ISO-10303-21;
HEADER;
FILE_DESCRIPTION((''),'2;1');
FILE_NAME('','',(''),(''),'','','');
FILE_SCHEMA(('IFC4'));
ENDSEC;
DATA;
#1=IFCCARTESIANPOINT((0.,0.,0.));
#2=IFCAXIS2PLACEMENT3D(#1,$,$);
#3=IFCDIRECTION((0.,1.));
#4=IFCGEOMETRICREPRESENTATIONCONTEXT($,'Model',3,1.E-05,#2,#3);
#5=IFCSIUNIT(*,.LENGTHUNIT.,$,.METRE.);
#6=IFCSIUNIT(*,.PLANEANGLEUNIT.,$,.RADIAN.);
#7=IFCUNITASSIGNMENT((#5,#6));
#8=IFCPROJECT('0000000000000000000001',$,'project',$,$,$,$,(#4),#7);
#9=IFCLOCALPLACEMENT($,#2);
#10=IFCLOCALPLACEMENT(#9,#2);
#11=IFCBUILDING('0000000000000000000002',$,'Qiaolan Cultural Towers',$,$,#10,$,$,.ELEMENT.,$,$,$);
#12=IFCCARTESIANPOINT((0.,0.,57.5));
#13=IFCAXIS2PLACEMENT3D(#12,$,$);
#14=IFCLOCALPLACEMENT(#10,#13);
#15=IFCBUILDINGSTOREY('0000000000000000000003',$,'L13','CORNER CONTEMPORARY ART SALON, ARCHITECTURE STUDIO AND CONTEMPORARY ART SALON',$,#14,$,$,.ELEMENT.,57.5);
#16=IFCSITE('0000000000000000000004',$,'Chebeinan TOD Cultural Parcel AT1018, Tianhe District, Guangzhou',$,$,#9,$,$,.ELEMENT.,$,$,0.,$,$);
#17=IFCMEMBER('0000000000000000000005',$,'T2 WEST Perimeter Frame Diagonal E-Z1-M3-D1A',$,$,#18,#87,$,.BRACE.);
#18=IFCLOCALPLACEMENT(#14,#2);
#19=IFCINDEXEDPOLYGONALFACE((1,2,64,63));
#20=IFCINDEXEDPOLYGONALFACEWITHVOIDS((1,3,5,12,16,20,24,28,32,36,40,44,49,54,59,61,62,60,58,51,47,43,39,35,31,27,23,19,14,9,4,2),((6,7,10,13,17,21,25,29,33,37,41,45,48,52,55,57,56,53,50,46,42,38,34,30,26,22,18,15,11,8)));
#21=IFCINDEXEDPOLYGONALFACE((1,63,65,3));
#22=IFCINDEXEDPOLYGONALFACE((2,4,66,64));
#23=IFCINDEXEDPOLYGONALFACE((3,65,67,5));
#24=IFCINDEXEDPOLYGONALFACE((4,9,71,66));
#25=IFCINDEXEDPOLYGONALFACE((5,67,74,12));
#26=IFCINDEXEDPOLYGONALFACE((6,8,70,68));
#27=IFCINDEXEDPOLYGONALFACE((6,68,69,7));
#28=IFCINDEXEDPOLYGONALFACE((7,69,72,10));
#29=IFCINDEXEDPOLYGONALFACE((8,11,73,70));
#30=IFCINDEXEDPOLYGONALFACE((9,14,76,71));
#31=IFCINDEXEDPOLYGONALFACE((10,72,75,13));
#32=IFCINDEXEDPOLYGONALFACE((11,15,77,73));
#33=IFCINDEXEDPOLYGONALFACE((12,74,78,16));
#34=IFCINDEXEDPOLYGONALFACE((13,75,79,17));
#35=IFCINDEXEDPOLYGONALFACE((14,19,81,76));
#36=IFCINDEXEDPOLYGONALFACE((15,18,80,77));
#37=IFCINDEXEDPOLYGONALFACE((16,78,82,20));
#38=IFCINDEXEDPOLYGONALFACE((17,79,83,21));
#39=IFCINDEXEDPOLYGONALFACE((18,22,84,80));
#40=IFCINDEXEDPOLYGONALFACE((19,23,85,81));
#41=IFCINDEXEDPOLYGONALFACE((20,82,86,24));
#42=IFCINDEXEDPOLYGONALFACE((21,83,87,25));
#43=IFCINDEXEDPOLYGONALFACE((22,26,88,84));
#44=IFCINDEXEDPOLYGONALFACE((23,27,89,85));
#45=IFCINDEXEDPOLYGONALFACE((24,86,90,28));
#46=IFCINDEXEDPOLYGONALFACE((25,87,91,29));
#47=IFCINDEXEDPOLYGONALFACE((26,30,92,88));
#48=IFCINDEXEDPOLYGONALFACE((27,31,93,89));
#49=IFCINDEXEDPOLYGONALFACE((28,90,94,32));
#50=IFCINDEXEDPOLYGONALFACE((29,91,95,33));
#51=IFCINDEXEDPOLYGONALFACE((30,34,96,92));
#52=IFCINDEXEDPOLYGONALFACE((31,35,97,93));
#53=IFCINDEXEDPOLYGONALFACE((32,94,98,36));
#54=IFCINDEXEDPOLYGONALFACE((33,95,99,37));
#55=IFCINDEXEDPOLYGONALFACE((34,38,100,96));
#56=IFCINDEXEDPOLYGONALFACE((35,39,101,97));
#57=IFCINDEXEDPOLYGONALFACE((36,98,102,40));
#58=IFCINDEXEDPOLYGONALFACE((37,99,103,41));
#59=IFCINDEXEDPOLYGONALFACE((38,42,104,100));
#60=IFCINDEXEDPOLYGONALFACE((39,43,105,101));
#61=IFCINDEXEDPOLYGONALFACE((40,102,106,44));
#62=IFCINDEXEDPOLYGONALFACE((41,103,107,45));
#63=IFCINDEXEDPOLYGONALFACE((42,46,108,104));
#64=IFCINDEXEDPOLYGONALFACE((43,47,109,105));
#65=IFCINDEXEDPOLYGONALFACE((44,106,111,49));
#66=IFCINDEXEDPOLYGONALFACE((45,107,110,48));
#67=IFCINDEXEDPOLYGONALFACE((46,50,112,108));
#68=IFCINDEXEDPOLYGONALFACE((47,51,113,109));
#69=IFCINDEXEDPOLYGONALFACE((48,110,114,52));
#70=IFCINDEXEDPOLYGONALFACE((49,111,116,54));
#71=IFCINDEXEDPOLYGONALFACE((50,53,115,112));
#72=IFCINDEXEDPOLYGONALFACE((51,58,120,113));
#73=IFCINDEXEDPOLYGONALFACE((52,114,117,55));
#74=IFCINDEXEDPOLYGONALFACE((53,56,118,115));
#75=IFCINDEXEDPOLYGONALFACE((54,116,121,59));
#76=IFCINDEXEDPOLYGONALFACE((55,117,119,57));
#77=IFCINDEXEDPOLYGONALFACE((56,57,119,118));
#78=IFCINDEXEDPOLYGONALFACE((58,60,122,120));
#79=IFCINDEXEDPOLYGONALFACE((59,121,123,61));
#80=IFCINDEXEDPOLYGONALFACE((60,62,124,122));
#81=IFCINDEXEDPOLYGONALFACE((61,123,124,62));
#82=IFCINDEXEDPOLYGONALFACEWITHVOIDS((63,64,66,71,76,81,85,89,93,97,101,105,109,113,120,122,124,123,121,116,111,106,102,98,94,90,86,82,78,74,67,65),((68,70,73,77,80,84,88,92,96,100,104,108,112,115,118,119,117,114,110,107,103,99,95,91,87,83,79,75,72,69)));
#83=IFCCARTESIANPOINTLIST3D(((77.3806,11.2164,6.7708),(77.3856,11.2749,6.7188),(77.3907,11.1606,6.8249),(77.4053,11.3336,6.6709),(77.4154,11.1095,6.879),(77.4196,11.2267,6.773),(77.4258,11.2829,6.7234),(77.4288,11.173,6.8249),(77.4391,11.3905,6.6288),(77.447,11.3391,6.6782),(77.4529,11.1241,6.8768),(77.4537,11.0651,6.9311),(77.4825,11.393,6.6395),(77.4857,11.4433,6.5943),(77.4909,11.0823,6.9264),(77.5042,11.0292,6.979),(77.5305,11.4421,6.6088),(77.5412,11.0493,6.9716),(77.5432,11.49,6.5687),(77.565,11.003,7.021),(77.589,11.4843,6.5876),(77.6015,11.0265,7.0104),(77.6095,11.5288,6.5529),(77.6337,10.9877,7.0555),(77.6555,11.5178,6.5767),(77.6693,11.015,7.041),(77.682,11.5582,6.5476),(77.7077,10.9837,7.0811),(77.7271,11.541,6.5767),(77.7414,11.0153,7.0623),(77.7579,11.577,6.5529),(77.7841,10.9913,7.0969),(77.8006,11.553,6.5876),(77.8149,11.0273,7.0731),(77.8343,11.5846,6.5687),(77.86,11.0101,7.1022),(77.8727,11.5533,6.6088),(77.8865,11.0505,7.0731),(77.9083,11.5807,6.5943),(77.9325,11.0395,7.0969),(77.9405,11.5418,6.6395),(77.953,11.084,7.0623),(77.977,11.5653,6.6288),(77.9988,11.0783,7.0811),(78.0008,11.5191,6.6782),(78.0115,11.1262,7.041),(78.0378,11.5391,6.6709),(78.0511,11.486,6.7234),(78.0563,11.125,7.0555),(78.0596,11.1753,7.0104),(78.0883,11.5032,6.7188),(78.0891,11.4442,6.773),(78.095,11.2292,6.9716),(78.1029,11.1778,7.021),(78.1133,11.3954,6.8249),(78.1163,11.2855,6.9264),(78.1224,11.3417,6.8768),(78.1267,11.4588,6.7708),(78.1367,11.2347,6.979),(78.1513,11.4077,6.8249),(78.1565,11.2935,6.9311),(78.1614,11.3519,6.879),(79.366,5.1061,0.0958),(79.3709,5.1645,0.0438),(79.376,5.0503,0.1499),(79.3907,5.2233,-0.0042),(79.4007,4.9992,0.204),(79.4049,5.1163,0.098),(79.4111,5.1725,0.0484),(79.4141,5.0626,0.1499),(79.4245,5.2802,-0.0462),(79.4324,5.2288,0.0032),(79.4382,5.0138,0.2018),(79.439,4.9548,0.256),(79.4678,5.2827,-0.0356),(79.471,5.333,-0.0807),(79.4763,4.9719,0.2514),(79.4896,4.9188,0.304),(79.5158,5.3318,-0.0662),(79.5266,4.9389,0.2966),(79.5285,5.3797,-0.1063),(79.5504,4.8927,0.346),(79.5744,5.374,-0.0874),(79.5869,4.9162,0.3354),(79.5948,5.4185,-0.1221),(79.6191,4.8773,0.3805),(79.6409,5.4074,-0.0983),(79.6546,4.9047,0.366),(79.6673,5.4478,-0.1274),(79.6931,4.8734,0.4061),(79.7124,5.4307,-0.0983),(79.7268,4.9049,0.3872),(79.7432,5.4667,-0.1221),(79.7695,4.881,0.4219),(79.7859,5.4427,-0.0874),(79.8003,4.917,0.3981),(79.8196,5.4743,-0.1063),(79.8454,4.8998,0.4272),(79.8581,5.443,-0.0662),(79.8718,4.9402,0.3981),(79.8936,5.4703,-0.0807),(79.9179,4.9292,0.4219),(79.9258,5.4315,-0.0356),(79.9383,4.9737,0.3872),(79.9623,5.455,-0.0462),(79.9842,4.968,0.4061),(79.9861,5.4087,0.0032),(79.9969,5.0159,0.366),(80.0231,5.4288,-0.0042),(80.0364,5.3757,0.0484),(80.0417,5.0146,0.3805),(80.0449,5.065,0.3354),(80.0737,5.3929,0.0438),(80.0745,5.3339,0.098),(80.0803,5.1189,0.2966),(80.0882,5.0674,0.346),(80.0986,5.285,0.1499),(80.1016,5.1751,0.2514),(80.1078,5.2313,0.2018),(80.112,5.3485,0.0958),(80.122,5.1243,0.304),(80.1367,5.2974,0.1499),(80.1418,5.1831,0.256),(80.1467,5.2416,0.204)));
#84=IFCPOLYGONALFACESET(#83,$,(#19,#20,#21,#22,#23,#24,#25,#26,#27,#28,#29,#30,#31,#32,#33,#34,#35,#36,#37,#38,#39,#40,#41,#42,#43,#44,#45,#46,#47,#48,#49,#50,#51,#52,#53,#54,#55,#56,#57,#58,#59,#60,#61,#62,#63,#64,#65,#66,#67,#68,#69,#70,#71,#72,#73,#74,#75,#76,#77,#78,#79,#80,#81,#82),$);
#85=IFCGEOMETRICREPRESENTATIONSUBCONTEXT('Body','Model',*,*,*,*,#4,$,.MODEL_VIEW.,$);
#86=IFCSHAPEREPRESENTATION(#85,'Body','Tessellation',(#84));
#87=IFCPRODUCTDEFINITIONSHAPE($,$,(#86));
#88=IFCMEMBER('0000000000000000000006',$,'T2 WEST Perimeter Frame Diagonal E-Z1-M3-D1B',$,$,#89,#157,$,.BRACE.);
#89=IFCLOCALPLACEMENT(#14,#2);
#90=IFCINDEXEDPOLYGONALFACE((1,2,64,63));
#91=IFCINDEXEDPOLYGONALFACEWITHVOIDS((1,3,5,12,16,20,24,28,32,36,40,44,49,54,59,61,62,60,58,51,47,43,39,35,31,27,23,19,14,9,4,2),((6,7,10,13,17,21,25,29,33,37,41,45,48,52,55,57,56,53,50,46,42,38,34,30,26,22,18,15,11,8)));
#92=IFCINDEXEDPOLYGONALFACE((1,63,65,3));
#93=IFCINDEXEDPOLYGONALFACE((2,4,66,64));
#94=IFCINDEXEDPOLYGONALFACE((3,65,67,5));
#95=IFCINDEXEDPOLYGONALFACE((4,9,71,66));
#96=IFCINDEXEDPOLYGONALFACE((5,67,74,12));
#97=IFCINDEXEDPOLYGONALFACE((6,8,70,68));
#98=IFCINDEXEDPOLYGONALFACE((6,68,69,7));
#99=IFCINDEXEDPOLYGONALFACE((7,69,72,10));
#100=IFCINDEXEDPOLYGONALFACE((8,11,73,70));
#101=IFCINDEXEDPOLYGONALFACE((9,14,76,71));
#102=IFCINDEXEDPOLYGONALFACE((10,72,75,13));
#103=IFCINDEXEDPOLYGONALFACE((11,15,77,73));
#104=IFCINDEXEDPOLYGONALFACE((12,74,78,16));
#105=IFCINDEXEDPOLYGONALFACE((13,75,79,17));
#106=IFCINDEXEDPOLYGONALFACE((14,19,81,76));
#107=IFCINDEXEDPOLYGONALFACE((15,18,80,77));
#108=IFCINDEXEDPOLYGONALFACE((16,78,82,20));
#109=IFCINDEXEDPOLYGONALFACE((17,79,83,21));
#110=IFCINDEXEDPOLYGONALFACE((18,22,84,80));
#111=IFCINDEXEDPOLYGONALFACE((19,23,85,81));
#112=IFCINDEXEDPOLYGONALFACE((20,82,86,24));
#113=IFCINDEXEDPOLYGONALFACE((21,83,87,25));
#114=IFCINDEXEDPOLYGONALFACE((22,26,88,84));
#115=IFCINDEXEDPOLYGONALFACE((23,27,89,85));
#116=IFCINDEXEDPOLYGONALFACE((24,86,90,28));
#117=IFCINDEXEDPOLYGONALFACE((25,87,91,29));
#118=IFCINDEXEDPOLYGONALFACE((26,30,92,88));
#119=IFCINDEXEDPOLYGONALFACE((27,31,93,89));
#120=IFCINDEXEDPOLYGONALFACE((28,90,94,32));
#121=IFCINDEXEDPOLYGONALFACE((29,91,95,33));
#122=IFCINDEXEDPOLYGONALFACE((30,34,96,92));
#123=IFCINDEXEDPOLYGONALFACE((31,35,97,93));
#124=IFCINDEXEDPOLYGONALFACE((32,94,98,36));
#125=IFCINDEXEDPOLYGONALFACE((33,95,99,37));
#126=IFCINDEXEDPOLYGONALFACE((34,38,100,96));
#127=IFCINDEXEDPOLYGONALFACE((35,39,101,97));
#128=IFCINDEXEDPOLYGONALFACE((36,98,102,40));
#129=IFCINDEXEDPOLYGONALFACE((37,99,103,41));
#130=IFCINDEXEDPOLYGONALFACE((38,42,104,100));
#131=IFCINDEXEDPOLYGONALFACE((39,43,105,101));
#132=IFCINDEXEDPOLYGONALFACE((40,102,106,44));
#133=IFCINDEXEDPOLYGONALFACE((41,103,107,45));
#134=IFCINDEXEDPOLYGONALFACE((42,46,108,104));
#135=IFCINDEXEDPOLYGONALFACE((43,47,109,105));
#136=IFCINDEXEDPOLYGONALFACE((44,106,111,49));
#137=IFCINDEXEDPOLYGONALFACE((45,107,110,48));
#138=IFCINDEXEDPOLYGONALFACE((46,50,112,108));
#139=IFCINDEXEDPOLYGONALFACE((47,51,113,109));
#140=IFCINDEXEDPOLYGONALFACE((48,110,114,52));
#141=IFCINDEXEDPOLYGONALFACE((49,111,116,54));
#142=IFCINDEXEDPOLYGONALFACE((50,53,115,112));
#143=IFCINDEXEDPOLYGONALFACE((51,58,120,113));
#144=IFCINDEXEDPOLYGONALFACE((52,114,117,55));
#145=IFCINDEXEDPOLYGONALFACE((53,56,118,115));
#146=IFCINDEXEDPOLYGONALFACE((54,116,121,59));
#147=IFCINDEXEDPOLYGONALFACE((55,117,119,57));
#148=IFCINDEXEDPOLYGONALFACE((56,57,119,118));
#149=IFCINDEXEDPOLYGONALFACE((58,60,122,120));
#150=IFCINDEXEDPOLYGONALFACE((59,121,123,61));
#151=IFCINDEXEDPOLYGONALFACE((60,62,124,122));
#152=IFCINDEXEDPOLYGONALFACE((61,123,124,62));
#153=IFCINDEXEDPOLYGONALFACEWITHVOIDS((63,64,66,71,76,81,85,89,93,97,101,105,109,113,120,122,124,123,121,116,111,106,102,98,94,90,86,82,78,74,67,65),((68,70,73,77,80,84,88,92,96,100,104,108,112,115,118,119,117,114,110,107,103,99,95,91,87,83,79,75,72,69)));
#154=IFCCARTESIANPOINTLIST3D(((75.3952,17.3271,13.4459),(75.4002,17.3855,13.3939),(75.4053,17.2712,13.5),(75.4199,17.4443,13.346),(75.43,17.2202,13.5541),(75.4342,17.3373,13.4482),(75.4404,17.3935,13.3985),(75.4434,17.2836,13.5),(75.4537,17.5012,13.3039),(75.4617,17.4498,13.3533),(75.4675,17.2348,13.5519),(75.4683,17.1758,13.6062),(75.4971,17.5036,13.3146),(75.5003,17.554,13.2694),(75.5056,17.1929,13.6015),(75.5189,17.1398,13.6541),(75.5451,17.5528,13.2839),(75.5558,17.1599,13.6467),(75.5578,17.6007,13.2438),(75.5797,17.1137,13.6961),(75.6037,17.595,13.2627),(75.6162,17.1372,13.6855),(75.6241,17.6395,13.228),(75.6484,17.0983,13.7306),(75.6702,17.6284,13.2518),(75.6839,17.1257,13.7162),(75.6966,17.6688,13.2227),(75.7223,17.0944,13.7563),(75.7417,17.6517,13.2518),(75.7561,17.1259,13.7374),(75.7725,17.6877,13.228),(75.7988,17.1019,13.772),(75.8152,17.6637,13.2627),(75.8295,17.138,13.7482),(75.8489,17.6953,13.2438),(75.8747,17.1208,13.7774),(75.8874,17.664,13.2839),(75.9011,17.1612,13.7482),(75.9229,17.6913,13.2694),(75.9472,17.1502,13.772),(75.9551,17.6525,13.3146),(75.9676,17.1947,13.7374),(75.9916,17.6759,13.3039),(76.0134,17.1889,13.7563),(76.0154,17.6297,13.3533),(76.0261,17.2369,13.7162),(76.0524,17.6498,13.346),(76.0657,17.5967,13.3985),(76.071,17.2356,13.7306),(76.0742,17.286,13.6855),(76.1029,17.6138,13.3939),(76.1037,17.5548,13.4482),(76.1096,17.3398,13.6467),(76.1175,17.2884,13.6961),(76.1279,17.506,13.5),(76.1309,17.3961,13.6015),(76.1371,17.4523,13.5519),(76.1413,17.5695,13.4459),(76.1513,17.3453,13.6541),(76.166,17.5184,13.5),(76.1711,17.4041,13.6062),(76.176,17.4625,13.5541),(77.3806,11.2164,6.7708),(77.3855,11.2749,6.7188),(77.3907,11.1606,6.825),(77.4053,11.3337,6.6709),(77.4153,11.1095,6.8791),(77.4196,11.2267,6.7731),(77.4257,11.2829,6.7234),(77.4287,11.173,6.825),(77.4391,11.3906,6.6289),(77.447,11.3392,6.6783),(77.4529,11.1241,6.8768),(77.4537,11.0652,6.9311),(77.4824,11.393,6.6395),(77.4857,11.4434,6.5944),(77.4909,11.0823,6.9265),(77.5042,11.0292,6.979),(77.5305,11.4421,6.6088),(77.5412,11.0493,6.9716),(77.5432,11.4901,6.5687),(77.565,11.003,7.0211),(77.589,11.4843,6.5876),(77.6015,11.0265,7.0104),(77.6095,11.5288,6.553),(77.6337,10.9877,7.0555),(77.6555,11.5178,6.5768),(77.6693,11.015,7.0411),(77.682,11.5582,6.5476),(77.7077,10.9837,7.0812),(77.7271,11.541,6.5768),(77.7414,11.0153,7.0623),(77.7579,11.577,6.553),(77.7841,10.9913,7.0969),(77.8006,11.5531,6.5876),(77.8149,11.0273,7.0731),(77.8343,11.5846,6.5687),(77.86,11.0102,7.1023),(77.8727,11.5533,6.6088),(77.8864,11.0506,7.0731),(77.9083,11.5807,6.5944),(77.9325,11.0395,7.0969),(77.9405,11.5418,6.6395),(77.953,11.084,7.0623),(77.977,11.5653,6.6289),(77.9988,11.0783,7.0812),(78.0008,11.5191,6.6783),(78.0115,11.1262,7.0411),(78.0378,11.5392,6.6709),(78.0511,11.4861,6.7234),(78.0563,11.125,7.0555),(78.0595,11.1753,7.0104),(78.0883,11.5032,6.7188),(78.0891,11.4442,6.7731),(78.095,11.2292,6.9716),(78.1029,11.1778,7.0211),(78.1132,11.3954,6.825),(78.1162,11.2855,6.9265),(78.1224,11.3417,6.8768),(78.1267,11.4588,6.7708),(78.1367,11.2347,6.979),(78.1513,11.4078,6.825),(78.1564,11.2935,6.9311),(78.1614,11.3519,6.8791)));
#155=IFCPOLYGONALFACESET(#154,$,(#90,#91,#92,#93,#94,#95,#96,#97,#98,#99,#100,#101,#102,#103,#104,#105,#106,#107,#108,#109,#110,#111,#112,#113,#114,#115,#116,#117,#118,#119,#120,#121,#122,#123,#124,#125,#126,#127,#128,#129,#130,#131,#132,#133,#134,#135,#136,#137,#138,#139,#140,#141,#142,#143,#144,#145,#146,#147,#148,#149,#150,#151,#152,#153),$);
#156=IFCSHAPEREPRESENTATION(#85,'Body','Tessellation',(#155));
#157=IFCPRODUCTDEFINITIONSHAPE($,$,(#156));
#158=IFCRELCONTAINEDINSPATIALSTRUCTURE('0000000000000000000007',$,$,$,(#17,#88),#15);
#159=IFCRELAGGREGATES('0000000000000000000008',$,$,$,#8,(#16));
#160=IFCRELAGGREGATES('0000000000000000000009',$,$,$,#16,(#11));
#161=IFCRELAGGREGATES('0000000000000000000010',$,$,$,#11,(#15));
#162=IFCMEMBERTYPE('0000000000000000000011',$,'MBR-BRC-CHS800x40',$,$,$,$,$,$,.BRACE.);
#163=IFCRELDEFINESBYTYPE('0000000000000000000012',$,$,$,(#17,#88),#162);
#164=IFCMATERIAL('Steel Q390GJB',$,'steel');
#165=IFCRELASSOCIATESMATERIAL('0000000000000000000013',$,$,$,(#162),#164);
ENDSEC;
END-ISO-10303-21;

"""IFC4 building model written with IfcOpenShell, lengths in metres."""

from ifc_helpers import new_model, si_unit, direction, frame, origin, origin_2d, place, context, subcontext, project, spatial, hollow_circle, extrude, material, material_profile, profile_set, type_object, element, save


model = new_model("IFC4")

# Units and contexts
model_context = context("Model", 3, precision=1e-05, world=origin(), true_north=direction((0.0, 1.0)))
body_context = subcontext(model_context, "Body", "Model", "MODEL_VIEW")
ifc_project = project(units=[si_unit("LENGTHUNIT", "METRE"), si_unit("PLANEANGLEUNIT", "RADIAN")], contexts=[model_context])

# Site, building, storey
site_placement = place(None, origin())
site = spatial("IfcSite", under=ifc_project, at=site_placement, Name="Chebeinan TOD Cultural Parcel AT1018, Tianhe District, Guangzhou", CompositionType="ELEMENT", RefElevation=0.0)
building_placement = place(site_placement, origin())
building = spatial("IfcBuilding", under=site, at=building_placement, Name="Qiaolan Cultural Towers", CompositionType="ELEMENT")
storey_placement = place(building_placement, frame((0.0, 0.0, 57.5)))
storey = spatial("IfcBuildingStorey", under=building, at=storey_placement, Name="L13", Description="CORNER CONTEMPORARY ART SALON, ARCHITECTURE STUDIO AND CONTEMPORARY ART SALON", CompositionType="ELEMENT", Elevation=57.5)

# Members
ifc_material_1 = material(Name="Steel Q390GJB", Category="steel")
ifc_material_profile_1 = material_profile(ifc_material_1, hollow_circle(Radius=0.3999, WallThickness=0.04, at=origin_2d()), Name="CHS800x40")
ifc_profile_set_1 = profile_set([ifc_material_profile_1], Name="Steel Q390GJB")
member_type = type_object("IfcMemberType", Name="MBR-BRC-CHS800x40", PredefinedType="BRACE", material=ifc_profile_set_1)
member_1_placement = place(storey_placement, frame((79.7563, 5.1738, 0.1499), z_axis=(-0.214293, 0.659532, 0.720483), x_axis=(-0.951058, -0.309014, 0.0)))
element("IfcMember", 1, at=member_1_placement, inside=storey, type_object=member_type, Name="T2 WEST Perimeter Frame Diagonal E-Z1-M3-D1A", PredefinedType="BRACE", context=body_context, shape_type="SweptSolid", body=[
    extrude(hollow_circle(Radius=0.3999, WallThickness=0.04, at=origin_2d()), origin(), (0.0, 0.0, 1.0), 9.2646),
])
for number, where, z_axis, x_axis, name in (
    (2, (77.771, 11.2842, 6.825), (-0.214289, 0.659547, 0.720471), (-0.951061, -0.309003, 0.0), "T2 WEST Perimeter Frame Diagonal E-Z1-M3-D1B"),
):
    element("IfcMember", number, at=place(storey_placement, frame(where, z_axis=z_axis, x_axis=x_axis)), inside=storey, type_object=member_type, Name=name, PredefinedType="BRACE", context=body_context, shape_type="SweptSolid", body=[
        extrude(hollow_circle(Radius=0.3999, WallThickness=0.04, at=origin_2d()), origin(), (0.0, 0.0, 1.0), 9.2649),
    ])

save(model, "model.ifc")
